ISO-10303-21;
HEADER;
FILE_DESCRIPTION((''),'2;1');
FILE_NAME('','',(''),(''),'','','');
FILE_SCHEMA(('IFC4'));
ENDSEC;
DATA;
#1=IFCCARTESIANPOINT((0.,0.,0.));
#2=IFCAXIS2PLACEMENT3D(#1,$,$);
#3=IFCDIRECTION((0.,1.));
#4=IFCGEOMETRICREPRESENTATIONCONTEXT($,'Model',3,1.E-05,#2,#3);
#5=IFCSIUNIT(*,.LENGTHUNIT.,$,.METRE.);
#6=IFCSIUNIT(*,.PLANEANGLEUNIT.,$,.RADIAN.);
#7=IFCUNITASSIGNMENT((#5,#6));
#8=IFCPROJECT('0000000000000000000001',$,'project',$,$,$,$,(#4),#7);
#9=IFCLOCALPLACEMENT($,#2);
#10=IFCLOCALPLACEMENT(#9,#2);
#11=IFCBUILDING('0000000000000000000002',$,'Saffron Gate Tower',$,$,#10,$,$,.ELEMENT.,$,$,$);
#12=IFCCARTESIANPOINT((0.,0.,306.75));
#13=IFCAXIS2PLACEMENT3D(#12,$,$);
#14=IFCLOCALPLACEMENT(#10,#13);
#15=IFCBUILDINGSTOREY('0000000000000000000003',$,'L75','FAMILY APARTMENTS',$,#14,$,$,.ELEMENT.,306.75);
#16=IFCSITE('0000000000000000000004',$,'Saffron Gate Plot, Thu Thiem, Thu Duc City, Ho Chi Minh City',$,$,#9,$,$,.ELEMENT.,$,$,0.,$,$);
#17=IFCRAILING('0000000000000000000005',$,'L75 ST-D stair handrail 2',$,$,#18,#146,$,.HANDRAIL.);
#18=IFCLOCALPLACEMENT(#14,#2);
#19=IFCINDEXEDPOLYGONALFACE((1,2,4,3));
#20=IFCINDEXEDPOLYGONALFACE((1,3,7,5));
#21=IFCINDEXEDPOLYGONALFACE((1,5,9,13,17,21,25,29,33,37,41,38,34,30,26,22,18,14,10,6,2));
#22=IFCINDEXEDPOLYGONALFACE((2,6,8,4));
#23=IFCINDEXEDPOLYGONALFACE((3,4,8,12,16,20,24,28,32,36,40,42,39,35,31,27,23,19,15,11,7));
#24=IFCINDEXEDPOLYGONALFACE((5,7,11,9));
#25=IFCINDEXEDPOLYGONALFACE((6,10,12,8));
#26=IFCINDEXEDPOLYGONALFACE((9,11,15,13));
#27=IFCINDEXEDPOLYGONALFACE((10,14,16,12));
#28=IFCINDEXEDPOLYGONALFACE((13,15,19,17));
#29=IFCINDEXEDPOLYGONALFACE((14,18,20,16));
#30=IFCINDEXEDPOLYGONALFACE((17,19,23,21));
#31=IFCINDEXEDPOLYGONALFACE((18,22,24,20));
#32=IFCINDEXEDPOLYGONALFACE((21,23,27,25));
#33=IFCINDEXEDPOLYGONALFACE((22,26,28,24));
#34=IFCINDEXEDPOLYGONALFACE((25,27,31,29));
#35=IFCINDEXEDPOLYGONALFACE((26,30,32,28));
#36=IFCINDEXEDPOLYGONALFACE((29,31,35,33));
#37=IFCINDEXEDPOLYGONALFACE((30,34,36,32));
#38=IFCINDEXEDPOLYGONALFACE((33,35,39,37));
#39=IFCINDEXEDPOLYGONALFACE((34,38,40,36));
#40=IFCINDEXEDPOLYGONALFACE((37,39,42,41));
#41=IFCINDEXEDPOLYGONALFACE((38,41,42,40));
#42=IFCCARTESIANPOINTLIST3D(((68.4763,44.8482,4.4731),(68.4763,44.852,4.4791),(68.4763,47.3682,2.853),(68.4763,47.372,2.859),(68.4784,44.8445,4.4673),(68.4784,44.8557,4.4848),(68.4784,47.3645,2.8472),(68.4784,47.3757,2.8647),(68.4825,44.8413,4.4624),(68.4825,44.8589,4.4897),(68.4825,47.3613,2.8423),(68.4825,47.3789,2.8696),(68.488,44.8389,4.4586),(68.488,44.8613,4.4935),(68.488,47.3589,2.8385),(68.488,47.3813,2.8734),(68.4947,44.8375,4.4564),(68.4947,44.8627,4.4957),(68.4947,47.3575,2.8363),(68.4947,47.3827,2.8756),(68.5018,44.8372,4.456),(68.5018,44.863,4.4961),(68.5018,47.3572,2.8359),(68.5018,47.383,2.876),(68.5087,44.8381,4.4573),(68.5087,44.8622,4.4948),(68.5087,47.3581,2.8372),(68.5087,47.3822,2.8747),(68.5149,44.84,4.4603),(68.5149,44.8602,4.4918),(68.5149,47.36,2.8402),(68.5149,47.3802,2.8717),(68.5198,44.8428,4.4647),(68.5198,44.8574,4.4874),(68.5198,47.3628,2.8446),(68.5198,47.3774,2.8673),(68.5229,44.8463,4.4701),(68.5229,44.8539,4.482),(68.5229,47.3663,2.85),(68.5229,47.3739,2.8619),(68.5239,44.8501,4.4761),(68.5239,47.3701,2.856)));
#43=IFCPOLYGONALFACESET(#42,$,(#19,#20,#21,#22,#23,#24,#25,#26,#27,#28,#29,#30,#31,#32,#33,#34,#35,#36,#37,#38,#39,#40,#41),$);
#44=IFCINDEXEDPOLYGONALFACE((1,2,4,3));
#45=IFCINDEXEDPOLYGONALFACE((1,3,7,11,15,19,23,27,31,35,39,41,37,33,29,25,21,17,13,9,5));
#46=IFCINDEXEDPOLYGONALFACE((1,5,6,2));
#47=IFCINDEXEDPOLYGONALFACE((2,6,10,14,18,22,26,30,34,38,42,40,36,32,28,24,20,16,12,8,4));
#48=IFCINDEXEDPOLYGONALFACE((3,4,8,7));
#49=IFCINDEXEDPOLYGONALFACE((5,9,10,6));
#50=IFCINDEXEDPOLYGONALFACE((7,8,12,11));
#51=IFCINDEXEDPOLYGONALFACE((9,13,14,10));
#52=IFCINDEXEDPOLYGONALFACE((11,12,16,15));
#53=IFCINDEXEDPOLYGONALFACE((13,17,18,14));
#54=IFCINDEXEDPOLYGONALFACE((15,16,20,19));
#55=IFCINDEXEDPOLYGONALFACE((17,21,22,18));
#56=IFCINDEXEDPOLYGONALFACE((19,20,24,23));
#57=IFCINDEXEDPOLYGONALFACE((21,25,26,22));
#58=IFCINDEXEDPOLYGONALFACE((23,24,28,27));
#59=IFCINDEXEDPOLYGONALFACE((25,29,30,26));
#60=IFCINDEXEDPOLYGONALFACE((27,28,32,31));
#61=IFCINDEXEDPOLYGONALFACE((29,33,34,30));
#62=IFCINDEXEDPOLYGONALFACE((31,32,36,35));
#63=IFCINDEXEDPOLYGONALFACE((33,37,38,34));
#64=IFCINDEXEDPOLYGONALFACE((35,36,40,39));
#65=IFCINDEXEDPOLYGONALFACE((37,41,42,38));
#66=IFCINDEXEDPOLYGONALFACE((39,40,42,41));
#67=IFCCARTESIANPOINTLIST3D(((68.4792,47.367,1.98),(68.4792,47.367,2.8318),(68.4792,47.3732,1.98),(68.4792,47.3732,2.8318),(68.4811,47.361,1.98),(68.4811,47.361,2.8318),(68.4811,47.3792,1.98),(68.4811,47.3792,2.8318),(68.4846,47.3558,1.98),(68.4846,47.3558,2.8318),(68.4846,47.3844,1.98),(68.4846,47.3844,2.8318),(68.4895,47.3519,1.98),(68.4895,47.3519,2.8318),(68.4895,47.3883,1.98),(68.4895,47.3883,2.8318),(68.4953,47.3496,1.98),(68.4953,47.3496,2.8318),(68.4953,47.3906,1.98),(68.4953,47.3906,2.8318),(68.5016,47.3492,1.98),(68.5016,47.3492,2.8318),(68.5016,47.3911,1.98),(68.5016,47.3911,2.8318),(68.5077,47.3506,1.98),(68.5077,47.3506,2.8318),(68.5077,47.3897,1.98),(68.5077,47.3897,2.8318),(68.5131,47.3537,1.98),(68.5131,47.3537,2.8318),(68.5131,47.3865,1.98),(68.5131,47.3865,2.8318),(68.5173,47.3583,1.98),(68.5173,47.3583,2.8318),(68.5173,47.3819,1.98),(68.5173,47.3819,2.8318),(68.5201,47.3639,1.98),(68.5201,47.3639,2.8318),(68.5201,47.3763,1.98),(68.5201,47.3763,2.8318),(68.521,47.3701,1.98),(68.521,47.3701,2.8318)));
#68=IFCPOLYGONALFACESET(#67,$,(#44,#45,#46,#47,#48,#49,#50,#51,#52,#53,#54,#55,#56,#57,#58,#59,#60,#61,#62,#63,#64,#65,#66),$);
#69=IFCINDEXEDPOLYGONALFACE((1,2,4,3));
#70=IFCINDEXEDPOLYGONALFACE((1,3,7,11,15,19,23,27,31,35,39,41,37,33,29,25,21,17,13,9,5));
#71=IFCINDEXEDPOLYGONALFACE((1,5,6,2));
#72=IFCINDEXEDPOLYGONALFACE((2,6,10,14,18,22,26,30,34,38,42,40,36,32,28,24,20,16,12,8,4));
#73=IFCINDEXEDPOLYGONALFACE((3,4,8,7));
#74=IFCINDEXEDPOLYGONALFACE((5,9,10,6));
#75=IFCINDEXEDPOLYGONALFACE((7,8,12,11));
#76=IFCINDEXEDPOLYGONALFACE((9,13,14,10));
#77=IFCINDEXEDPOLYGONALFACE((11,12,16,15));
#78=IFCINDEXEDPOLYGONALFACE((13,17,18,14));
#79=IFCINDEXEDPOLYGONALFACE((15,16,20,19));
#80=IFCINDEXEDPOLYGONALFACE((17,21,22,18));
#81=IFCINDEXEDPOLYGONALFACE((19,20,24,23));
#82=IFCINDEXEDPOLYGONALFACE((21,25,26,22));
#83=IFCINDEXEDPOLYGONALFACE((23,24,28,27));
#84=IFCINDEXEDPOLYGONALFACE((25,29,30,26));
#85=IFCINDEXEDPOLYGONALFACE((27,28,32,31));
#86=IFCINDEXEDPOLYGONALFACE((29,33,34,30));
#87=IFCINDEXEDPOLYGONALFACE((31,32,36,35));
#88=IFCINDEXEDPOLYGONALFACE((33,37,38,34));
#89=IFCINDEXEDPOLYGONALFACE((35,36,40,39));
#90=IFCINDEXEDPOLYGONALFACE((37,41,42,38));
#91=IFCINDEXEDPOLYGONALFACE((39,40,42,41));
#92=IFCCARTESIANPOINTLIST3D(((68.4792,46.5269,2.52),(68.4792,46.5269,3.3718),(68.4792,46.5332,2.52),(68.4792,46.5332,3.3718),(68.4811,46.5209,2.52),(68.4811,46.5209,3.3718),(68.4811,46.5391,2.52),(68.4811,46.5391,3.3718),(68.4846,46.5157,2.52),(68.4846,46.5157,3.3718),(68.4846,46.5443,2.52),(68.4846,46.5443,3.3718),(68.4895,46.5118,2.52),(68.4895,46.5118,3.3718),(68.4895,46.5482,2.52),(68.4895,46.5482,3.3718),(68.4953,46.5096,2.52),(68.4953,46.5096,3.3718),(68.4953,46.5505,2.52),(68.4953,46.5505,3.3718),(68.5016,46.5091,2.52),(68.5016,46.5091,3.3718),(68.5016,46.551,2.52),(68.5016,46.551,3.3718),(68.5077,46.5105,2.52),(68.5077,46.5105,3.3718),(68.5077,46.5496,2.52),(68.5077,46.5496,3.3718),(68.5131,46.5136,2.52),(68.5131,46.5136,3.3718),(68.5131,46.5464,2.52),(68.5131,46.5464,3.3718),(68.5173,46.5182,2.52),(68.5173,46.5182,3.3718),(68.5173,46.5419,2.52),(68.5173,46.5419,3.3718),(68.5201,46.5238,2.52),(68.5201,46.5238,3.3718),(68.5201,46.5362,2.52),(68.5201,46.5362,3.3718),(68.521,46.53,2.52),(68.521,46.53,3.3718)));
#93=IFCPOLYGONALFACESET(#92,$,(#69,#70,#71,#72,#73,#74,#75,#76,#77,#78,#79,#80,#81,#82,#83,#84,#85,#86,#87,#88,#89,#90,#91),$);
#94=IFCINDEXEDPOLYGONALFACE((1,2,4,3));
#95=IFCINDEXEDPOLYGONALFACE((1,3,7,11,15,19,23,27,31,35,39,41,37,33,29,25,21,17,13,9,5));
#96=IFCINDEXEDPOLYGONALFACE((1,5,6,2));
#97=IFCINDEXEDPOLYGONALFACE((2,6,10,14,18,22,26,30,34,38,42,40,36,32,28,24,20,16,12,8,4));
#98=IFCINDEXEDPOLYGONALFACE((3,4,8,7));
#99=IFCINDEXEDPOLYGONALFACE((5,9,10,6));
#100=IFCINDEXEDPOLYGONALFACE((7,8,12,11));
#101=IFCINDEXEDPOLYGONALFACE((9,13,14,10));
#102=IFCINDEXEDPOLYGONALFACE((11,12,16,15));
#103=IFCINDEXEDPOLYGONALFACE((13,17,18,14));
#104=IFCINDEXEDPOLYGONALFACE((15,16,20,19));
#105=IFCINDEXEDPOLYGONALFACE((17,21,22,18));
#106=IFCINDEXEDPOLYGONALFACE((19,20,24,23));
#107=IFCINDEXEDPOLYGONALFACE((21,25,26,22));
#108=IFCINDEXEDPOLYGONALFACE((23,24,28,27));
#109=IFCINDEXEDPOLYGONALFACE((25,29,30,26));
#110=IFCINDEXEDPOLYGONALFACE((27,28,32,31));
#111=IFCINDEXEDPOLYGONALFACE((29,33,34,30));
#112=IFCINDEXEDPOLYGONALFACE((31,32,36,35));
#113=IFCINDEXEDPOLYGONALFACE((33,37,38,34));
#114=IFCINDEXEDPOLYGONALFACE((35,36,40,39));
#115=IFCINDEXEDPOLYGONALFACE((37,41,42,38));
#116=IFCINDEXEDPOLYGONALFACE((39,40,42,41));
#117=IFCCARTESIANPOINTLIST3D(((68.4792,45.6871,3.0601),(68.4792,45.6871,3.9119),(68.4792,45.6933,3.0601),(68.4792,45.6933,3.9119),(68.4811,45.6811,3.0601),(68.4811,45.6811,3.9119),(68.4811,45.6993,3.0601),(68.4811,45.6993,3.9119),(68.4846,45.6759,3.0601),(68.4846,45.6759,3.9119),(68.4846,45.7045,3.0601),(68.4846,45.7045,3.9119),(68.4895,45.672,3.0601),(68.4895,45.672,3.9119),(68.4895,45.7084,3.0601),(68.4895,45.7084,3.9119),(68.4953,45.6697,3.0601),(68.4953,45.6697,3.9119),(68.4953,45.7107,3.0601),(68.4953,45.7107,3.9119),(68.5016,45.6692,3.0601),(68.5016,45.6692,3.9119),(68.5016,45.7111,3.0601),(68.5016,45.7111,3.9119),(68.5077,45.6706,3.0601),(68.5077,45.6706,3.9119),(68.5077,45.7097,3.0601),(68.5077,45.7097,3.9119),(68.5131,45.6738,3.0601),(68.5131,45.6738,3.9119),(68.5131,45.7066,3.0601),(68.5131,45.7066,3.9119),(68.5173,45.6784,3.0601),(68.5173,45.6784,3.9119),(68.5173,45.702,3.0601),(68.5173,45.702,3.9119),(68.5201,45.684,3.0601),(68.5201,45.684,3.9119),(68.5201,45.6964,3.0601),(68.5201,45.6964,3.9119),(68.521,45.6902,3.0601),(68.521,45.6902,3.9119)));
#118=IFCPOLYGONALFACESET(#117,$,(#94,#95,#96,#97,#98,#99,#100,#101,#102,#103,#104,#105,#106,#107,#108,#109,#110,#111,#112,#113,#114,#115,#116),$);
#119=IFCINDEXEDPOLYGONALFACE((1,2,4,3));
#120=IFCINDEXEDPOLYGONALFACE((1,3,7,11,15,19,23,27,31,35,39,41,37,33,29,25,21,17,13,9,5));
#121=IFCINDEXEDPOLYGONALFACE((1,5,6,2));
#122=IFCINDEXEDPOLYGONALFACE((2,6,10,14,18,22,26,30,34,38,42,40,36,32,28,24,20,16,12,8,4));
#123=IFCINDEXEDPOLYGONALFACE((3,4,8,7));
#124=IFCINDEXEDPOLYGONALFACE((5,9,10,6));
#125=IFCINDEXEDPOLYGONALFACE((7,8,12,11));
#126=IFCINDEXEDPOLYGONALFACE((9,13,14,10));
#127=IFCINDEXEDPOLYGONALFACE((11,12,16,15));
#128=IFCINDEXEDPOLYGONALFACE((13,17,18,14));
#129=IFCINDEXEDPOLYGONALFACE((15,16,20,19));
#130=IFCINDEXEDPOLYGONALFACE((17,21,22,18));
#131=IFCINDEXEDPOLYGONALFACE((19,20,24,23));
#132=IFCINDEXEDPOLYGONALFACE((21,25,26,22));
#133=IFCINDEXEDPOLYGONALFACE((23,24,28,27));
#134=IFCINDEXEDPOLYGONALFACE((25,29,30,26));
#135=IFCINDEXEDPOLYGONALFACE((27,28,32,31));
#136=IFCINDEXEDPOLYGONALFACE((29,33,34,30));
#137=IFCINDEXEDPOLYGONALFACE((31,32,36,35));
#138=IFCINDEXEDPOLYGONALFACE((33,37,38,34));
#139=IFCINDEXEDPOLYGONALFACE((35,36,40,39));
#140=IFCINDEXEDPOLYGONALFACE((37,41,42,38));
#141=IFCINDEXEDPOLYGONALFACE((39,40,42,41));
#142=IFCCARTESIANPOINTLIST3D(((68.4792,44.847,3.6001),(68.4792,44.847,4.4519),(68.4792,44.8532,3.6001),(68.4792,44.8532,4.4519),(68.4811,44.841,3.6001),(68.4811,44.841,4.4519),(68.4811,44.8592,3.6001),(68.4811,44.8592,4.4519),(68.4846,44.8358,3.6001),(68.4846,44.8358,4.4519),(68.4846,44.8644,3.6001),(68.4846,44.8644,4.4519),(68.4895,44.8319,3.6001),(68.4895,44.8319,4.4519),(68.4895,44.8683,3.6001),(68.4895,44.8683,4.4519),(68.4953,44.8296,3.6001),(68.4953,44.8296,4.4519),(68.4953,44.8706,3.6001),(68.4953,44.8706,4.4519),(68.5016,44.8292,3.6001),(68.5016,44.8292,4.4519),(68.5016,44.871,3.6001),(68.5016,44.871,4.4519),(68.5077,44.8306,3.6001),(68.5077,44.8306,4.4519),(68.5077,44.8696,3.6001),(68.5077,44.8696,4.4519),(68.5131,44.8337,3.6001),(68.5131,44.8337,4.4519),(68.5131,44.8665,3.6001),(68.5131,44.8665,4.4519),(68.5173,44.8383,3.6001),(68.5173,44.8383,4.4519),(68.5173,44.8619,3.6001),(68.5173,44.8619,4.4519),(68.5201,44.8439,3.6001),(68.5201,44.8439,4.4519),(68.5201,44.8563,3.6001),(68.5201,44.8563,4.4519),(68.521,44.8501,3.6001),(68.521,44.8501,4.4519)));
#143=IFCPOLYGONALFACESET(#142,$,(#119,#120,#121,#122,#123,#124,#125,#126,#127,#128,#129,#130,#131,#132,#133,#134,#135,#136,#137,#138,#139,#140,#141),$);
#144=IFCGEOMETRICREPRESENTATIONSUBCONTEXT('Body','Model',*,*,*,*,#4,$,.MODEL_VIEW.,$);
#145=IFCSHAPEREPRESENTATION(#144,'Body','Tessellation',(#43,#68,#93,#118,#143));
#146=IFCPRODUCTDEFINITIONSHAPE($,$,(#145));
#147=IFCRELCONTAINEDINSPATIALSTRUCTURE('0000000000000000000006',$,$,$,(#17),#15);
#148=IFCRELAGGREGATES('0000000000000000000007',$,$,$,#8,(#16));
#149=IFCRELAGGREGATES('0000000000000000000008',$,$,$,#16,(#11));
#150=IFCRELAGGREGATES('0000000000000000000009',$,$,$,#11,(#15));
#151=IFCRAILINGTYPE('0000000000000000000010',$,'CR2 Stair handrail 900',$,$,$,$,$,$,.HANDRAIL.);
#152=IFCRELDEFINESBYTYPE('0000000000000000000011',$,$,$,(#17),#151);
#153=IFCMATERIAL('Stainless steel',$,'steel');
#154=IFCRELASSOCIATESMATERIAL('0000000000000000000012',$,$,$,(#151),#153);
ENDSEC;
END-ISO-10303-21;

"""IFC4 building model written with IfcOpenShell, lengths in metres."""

from ifc_helpers import new_model, si_unit, direction, frame, origin, origin_2d, place, context, subcontext, project, spatial, circle, extrude, material, type_object, element, save


model = new_model("IFC4")

# Units and contexts
model_context = context("Model", 3, precision=1e-05, world=origin(), true_north=direction((0.0, 1.0)))
body_context = subcontext(model_context, "Body", "Model", "MODEL_VIEW")
ifc_project = project(units=[si_unit("LENGTHUNIT", "METRE"), si_unit("PLANEANGLEUNIT", "RADIAN")], contexts=[model_context])

# Site, building, storey
site_placement = place(None, origin())
site = spatial("IfcSite", under=ifc_project, at=site_placement, Name="Saffron Gate Plot, Thu Thiem, Thu Duc City, Ho Chi Minh City", CompositionType="ELEMENT", RefElevation=0.0)
building_placement = place(site_placement, origin())
building = spatial("IfcBuilding", under=site, at=building_placement, Name="Saffron Gate Tower", CompositionType="ELEMENT")
storey_placement = place(building_placement, frame((0.0, 0.0, 306.75)))
storey = spatial("IfcBuildingStorey", under=building, at=storey_placement, Name="L75", Description="FAMILY APARTMENTS", CompositionType="ELEMENT", Elevation=306.75)

# Railing
ifc_material_1 = material(Name="Stainless steel", Category="steel")
railing_type_1 = type_object("IfcRailingType", Name="CR2 Stair handrail 900", PredefinedType="HANDRAIL", material=ifc_material_1)
railing_1_placement = place(storey_placement, frame((68.5, 47.3701, 1.98)))
element("IfcRailing", 1, at=railing_1_placement, inside=storey, type_object=railing_type_1, Name="L75 ST-D stair handrail 2", PredefinedType="HANDRAIL", context=body_context, shape_type="SweptSolid", body=[
    extrude(circle(Radius=0.0239, at=origin_2d()), frame((0.0, 0.0, 0.876), z_axis=(0.0, -0.841163, 0.540782), x_axis=(1.0, 0.0, 0.0)), (0.0, 0.0, 1.0), 2.9958),
    extrude(circle(Radius=0.021, at=origin_2d()), origin(), (0.0, 0.0, 1.0), 0.8518),
    extrude(circle(Radius=0.021, at=origin_2d()), frame((0.0, -0.8401, 0.54)), (0.0, 0.0, 1.0), 0.8518),
    extrude(circle(Radius=0.021, at=origin_2d()), frame((0.0, -1.6799, 1.0801)), (0.0, 0.0, 1.0), 0.8518),
    extrude(circle(Radius=0.021, at=origin_2d()), frame((0.0, -2.52, 1.6201)), (0.0, 0.0, 1.0), 0.8518),
])

save(model, "model.ifc")
